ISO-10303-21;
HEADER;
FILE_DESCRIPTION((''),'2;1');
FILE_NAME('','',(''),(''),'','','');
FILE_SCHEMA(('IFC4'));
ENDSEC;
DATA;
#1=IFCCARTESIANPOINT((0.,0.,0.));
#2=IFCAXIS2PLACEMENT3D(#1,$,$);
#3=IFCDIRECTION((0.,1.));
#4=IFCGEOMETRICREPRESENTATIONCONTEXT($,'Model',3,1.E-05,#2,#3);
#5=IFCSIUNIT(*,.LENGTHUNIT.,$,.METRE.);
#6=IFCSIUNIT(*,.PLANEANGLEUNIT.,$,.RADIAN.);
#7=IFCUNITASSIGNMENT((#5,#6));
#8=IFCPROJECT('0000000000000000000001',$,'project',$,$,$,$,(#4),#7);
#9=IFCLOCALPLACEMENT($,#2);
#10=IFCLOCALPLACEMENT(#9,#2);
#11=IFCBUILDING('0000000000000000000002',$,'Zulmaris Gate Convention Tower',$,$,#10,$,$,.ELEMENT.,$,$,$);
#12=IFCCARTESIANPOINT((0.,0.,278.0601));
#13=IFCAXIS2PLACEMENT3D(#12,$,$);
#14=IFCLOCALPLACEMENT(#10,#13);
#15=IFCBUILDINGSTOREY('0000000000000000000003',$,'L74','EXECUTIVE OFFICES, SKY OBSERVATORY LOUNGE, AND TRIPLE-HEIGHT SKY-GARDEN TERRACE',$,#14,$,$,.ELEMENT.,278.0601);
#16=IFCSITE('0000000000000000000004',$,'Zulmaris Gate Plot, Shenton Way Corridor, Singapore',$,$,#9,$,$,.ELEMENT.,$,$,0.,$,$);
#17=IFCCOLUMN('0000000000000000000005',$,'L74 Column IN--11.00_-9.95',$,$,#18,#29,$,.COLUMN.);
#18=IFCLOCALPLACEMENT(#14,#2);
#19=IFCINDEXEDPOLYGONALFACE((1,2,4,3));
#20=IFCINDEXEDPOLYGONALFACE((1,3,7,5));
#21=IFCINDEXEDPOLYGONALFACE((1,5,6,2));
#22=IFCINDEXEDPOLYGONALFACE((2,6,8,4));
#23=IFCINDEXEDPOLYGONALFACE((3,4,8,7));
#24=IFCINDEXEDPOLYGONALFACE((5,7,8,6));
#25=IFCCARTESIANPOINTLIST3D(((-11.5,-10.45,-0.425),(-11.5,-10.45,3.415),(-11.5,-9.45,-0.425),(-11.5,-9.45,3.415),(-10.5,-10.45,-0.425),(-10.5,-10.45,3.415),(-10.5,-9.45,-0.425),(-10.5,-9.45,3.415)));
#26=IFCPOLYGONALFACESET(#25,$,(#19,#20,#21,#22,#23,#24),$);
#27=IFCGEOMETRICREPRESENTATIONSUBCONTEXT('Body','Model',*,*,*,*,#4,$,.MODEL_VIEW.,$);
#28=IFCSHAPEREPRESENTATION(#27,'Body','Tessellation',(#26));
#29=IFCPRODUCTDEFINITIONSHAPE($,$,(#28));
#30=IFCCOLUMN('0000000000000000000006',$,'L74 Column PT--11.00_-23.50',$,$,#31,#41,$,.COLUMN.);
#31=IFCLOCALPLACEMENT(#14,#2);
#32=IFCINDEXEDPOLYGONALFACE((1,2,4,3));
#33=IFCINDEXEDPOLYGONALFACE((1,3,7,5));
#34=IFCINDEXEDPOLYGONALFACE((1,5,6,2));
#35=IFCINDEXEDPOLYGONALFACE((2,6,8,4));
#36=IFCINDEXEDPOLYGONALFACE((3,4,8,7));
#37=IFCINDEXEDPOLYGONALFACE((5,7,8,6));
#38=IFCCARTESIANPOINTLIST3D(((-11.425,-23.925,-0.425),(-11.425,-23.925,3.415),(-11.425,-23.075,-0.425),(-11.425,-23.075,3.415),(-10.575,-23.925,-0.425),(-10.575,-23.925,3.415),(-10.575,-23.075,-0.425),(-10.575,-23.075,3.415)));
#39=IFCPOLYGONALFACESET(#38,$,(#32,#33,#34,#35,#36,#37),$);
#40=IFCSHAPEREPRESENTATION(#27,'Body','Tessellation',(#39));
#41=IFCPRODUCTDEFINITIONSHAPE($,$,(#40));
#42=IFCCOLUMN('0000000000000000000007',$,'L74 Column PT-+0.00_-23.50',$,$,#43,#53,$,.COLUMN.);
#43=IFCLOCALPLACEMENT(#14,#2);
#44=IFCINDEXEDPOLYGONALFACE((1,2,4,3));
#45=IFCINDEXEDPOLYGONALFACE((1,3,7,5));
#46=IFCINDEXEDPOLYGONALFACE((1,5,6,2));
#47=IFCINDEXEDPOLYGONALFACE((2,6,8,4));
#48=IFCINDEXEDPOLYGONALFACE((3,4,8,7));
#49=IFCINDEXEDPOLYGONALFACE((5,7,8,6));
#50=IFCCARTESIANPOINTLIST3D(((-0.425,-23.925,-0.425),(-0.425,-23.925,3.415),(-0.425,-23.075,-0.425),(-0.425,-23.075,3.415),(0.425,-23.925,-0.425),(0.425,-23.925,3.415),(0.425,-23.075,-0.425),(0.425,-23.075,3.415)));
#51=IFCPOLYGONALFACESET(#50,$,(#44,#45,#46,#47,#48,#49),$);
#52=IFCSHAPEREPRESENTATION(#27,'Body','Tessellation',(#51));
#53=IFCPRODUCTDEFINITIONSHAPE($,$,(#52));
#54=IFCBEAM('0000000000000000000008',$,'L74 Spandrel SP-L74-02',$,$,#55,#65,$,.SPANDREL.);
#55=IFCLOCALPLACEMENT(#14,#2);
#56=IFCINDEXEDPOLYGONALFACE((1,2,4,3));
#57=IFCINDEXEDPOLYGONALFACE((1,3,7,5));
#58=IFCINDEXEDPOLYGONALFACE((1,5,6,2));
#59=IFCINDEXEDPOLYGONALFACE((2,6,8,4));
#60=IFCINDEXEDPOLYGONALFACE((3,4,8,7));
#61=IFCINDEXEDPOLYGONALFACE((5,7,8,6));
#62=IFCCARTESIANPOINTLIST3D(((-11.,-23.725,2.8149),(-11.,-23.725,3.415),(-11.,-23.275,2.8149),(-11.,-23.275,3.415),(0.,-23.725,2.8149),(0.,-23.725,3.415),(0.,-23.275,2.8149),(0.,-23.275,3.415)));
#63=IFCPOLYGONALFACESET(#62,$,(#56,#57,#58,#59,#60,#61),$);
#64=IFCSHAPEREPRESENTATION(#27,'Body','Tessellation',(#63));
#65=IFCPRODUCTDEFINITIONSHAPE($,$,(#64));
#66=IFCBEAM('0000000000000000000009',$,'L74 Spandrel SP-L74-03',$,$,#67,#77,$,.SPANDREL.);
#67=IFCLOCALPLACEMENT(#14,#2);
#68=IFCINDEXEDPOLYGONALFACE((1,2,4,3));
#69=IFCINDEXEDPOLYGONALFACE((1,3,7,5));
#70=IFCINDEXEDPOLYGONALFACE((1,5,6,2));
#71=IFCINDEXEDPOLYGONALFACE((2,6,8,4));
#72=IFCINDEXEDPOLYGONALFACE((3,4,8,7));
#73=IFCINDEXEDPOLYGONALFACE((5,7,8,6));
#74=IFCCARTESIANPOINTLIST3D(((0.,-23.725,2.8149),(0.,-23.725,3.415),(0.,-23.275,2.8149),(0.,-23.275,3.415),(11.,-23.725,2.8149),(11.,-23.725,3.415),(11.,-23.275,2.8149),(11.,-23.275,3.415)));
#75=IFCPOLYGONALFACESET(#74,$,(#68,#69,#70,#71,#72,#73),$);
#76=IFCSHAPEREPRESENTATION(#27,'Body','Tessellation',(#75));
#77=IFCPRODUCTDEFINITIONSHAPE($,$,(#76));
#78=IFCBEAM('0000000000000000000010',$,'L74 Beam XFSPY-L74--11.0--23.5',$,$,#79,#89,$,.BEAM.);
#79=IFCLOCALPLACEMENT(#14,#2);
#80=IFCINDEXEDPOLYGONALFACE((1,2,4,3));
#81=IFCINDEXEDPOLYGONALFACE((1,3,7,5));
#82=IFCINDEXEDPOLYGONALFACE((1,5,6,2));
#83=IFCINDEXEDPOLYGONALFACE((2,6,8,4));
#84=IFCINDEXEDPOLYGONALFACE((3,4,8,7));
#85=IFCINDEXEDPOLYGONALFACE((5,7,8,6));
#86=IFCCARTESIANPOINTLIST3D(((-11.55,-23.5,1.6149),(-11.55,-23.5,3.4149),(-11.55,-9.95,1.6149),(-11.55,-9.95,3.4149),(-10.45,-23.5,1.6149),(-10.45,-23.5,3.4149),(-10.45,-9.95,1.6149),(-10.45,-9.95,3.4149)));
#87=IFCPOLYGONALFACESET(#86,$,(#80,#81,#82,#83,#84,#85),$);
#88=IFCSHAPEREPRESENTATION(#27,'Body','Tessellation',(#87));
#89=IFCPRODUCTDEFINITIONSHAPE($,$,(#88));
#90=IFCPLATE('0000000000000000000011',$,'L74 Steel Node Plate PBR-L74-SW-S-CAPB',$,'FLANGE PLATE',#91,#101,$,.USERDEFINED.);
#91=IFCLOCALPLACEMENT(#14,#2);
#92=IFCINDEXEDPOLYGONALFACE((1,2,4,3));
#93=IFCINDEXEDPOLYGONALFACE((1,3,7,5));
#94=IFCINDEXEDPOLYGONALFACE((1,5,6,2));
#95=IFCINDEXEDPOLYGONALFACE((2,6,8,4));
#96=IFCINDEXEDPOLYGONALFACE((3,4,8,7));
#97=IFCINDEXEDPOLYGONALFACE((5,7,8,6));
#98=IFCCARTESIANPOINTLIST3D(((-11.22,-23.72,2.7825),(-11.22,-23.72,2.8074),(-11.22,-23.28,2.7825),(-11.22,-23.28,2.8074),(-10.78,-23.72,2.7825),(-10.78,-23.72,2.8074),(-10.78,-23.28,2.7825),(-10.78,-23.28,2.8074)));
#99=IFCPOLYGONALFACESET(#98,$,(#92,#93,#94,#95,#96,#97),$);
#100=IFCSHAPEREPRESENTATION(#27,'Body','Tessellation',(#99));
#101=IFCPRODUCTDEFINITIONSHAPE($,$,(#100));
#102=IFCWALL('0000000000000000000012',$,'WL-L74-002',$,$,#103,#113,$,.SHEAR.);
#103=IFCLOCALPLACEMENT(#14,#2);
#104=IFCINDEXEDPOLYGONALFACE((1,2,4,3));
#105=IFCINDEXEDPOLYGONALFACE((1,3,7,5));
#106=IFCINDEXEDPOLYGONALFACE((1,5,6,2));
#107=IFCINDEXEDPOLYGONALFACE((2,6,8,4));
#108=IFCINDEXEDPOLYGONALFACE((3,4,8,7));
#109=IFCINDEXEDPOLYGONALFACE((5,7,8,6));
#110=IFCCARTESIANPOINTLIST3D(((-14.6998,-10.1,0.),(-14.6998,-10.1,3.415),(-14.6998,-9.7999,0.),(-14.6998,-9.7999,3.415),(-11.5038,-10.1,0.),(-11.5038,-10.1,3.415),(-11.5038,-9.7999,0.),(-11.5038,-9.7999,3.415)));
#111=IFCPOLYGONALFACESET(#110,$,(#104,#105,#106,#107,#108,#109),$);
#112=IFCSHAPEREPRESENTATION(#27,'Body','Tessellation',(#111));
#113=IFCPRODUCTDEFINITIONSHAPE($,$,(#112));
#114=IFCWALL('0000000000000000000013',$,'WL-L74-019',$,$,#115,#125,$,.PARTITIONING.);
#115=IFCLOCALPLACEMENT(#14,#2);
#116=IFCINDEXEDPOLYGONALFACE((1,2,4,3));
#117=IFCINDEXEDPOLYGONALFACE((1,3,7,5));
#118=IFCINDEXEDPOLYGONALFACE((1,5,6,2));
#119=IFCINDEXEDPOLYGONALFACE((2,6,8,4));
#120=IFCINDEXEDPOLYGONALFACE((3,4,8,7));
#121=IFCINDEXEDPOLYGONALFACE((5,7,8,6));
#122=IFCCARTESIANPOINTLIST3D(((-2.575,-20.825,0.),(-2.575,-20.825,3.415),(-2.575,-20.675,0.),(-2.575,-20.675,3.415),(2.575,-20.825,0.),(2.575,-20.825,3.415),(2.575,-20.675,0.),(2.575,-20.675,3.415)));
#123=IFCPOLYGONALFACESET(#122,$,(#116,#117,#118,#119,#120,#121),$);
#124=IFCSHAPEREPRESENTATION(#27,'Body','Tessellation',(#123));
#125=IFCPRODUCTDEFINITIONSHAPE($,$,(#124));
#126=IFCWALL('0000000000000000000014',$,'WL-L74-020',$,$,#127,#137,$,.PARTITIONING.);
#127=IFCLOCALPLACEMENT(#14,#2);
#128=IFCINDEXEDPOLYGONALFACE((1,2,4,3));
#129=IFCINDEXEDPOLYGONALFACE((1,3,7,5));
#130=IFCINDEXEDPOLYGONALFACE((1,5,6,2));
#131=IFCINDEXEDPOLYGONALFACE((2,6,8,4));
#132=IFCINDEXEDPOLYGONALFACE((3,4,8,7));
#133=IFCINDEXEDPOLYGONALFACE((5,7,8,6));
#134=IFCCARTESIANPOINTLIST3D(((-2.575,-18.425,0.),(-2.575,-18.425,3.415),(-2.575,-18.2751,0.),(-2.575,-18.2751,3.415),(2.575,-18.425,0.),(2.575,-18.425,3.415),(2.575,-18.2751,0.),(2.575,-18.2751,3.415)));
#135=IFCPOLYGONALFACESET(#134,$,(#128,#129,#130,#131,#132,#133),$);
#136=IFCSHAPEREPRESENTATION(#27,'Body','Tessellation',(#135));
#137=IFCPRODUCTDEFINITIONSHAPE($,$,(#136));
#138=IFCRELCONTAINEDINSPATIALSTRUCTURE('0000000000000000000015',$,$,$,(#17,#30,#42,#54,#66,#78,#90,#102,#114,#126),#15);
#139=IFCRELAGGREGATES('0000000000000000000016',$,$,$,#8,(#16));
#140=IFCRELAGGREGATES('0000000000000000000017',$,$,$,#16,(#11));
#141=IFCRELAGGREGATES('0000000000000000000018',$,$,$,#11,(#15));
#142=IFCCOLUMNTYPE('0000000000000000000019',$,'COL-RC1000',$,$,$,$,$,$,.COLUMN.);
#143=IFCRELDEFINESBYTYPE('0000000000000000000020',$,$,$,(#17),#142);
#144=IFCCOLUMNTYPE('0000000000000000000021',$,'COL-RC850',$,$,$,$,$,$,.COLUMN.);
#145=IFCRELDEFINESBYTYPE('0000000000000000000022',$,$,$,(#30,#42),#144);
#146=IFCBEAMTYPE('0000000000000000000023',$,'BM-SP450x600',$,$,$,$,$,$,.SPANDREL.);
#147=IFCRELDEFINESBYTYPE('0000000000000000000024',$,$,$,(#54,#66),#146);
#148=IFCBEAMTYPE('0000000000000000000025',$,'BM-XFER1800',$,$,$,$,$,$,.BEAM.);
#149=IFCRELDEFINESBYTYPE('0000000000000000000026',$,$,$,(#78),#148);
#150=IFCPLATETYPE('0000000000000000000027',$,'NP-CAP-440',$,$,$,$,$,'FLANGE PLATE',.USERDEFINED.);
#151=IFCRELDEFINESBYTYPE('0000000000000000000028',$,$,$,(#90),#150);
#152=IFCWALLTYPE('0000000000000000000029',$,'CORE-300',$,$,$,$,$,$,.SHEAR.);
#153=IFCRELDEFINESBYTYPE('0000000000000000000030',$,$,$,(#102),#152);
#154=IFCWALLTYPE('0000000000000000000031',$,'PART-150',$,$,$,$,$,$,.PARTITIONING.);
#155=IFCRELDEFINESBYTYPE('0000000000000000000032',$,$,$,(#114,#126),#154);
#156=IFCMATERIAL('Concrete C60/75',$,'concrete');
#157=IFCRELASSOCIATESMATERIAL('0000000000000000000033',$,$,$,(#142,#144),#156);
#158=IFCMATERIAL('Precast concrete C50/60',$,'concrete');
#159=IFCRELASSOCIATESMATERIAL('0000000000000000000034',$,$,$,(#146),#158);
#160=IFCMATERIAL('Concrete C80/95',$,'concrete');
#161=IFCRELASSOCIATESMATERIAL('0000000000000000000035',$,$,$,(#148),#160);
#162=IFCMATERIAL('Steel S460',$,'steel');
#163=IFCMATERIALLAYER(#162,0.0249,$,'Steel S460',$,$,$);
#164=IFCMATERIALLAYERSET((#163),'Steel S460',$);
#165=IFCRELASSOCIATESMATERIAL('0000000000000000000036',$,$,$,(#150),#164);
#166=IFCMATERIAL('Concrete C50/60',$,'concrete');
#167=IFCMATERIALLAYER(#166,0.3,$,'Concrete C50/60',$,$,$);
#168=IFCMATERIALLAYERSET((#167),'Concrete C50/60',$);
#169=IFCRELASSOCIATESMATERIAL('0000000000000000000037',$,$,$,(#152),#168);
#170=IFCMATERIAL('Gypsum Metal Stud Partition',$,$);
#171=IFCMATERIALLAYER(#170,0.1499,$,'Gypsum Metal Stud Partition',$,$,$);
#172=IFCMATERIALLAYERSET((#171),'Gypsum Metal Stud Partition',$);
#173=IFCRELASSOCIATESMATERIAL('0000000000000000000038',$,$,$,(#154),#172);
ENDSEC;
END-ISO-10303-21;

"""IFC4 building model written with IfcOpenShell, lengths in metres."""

from ifc_helpers import new_model, si_unit, direction, frame, frame_2d, origin, origin_2d, place, context, subcontext, project, spatial, rectangle, extrude, material, layer, layer_set, material_profile, profile_set, type_object, element, save


model = new_model("IFC4")

# Units and contexts
model_context = context("Model", 3, precision=1e-05, world=origin(), true_north=direction((0.0, 1.0)))
body_context = subcontext(model_context, "Body", "Model", "MODEL_VIEW")
ifc_project = project(units=[si_unit("LENGTHUNIT", "METRE"), si_unit("PLANEANGLEUNIT", "RADIAN")], contexts=[model_context])

# Site, building, storey
site_placement = place(None, origin())
site = spatial("IfcSite", under=ifc_project, at=site_placement, Name="Zulmaris Gate Plot, Shenton Way Corridor, Singapore", CompositionType="ELEMENT", RefElevation=0.0)
building_placement = place(site_placement, origin())
building = spatial("IfcBuilding", under=site, at=building_placement, Name="Zulmaris Gate Convention Tower", CompositionType="ELEMENT")
storey_placement = place(building_placement, frame((0.0, 0.0, 278.0601)))
storey = spatial("IfcBuildingStorey", under=building, at=storey_placement, Name="L74", Description="EXECUTIVE OFFICES, SKY OBSERVATORY LOUNGE, AND TRIPLE-HEIGHT SKY-GARDEN TERRACE", CompositionType="ELEMENT", Elevation=278.0601)

# Columns
ifc_material_1 = material(Name="Concrete C60/75", Category="concrete")
ifc_material_profile_1 = material_profile(ifc_material_1, rectangle(XDim=1.0, YDim=1.0, at=origin_2d()), Name="RC COL 1000x1000")
ifc_profile_set_1 = profile_set([ifc_material_profile_1], Name="Concrete C60/75")
column_type_1 = type_object("IfcColumnType", Name="COL-RC1000", PredefinedType="COLUMN", material=ifc_profile_set_1)
column_placement = place(storey_placement, frame((-11.0, -9.95, -0.425), z_axis=(0.0, 0.0, 1.0), x_axis=(1.0, 0.0, 0.0)))
element("IfcColumn", 1, at=column_placement, inside=storey, type_object=column_type_1, Name="L74 Column IN--11.00_-9.95", PredefinedType="COLUMN", context=body_context, shape_type="SweptSolid", body=[
    extrude(rectangle(XDim=1.0, YDim=1.0, at=origin_2d()), origin(), (0.0, 0.0, 1.0), 3.8401),
])
ifc_material_profile_2 = material_profile(ifc_material_1, rectangle(XDim=0.8501, YDim=0.8501, at=origin_2d()), Name="RC COL 850x850")
ifc_profile_set_2 = profile_set([ifc_material_profile_2], Name="Concrete C60/75")
column_type_2 = type_object("IfcColumnType", Name="COL-RC850", PredefinedType="COLUMN", material=ifc_profile_set_2)
for number, where, z_axis, x_axis, name in (
    (2, (-11.0, -23.5, -0.425), (0.0, 0.0, 1.0), (1.0, 0.0, 0.0), "L74 Column PT--11.00_-23.50"),
    (3, (0.0, -23.5, -0.425), (0.0, 0.0, 1.0), (1.0, 0.0, 0.0), "L74 Column PT-+0.00_-23.50"),
):
    element("IfcColumn", number, at=place(storey_placement, frame(where, z_axis=z_axis, x_axis=x_axis)), inside=storey, type_object=column_type_2, Name=name, PredefinedType="COLUMN", context=body_context, shape_type="SweptSolid", body=[
        extrude(rectangle(XDim=0.8501, YDim=0.8501, at=origin_2d()), origin(), (0.0, 0.0, 1.0), 3.8401),
    ])

# Beams
ifc_material_2 = material(Name="Precast concrete C50/60", Category="concrete")
ifc_material_profile_3 = material_profile(ifc_material_2, rectangle(XDim=0.45, YDim=0.6001, at=origin_2d()), Name="RC SPANDREL 450x600")
ifc_profile_set_3 = profile_set([ifc_material_profile_3], Name="Precast concrete C50/60")
beam_type_1 = type_object("IfcBeamType", Name="BM-SP450x600", PredefinedType="SPANDREL", material=ifc_profile_set_3)
for number, where, z_axis, x_axis, name in (
    (4, (-11.0, -23.5, 3.115), (1.0, 0.0, 0.0), (0.0, 1.0, 0.0), "L74 Spandrel SP-L74-02"),
    (5, (0.0, -23.5, 3.115), (1.0, 0.0, 0.0), (0.0, 1.0, 0.0), "L74 Spandrel SP-L74-03"),
):
    element("IfcBeam", number, at=place(storey_placement, frame(where, z_axis=z_axis, x_axis=x_axis)), inside=storey, type_object=beam_type_1, Name=name, PredefinedType="SPANDREL", context=body_context, shape_type="SweptSolid", body=[
        extrude(rectangle(XDim=0.45, YDim=0.6001, at=origin_2d()), origin(), (0.0, 0.0, 1.0), 11.0),
    ])
ifc_material_3 = material(Name="Concrete C80/95", Category="concrete")
ifc_material_profile_4 = material_profile(ifc_material_3, rectangle(XDim=1.1001, YDim=1.8, at=origin_2d()), Name="RC TRANSFER 1100x1800")
ifc_profile_set_4 = profile_set([ifc_material_profile_4], Name="Concrete C80/95")
beam_type_2 = type_object("IfcBeamType", Name="BM-XFER1800", PredefinedType="BEAM", material=ifc_profile_set_4)
beam_placement = place(storey_placement, frame((-11.0, -23.5, 2.5149), z_axis=(0.0, 1.0, 0.0), x_axis=(-1.0, 0.0, 0.0)))
element("IfcBeam", 6, at=beam_placement, inside=storey, type_object=beam_type_2, Name="L74 Beam XFSPY-L74--11.0--23.5", PredefinedType="BEAM", context=body_context, shape_type="SweptSolid", body=[
    extrude(rectangle(XDim=1.1001, YDim=1.8, at=origin_2d()), origin(), (0.0, 0.0, 1.0), 13.55),
])

# Plate
ifc_material_4 = material(Name="Steel S460", Category="steel")
ifc_layer_1 = layer(ifc_material_4, 0.0249, Name="Steel S460")
ifc_layer_set_1 = layer_set([ifc_layer_1], Name="Steel S460")
plate_type = type_object("IfcPlateType", Name="NP-CAP-440", ElementType="FLANGE PLATE", PredefinedType="USERDEFINED", material=ifc_layer_set_1)
plate_placement = place(storey_placement, frame((-11.0, -23.5, 2.7825), z_axis=(0.0, 0.0, 1.0), x_axis=(1.0, 0.0, 0.0)))
element("IfcPlate", 7, at=plate_placement, inside=storey, type_object=plate_type, Name="L74 Steel Node Plate PBR-L74-SW-S-CAPB", ObjectType="FLANGE PLATE", PredefinedType="USERDEFINED", context=body_context, shape_type="SweptSolid", body=[
    extrude(rectangle(XDim=0.4399, YDim=0.4399, at=origin_2d()), origin(), (0.0, 0.0, 1.0), 0.0249),
])

# Walls
ifc_material_5 = material(Name="Concrete C50/60", Category="concrete")
ifc_layer_2 = layer(ifc_material_5, 0.3, Name="Concrete C50/60")
ifc_layer_set_2 = layer_set([ifc_layer_2], Name="Concrete C50/60")
wall_type_1 = type_object("IfcWallType", Name="CORE-300", PredefinedType="SHEAR", material=ifc_layer_set_2)
wall_1_placement = place(storey_placement, frame((-14.7, -9.95, 0.0), z_axis=(0.0, 0.0, 1.0), x_axis=(1.0, 0.0, 0.0)))
element("IfcWall", 8, at=wall_1_placement, inside=storey, type_object=wall_type_1, Name="WL-L74-002", PredefinedType="SHEAR", context=body_context, shape_type="SweptSolid", body=[
    extrude(rectangle(XDim=3.196, YDim=0.3, at=frame_2d((1.5981, 0.0))), origin(), (0.0, 0.0, 1.0), 3.415),
])
ifc_material_6 = material(Name="Gypsum Metal Stud Partition")
ifc_layer_3 = layer(ifc_material_6, 0.1499, Name="Gypsum Metal Stud Partition")
ifc_layer_set_3 = layer_set([ifc_layer_3], Name="Gypsum Metal Stud Partition")
wall_type_2 = type_object("IfcWallType", Name="PART-150", PredefinedType="PARTITIONING", material=ifc_layer_set_3)
for number, where, z_axis, x_axis, name in (
    (9, (-2.575, -20.75, 0.0), (0.0, 0.0, 1.0), (1.0, 0.0, 0.0), "WL-L74-019"),
    (10, (-2.575, -18.3501, 0.0), (0.0, 0.0, 1.0), (1.0, 0.0, 0.0), "WL-L74-020"),
):
    element("IfcWall", number, at=place(storey_placement, frame(where, z_axis=z_axis, x_axis=x_axis)), inside=storey, type_object=wall_type_2, Name=name, PredefinedType="PARTITIONING", context=body_context, shape_type="SweptSolid", body=[
        extrude(rectangle(XDim=5.1499, YDim=0.1499, at=frame_2d((2.575, 0.0))), origin(), (0.0, 0.0, 1.0), 3.415),
    ])

save(model, "model.ifc")
